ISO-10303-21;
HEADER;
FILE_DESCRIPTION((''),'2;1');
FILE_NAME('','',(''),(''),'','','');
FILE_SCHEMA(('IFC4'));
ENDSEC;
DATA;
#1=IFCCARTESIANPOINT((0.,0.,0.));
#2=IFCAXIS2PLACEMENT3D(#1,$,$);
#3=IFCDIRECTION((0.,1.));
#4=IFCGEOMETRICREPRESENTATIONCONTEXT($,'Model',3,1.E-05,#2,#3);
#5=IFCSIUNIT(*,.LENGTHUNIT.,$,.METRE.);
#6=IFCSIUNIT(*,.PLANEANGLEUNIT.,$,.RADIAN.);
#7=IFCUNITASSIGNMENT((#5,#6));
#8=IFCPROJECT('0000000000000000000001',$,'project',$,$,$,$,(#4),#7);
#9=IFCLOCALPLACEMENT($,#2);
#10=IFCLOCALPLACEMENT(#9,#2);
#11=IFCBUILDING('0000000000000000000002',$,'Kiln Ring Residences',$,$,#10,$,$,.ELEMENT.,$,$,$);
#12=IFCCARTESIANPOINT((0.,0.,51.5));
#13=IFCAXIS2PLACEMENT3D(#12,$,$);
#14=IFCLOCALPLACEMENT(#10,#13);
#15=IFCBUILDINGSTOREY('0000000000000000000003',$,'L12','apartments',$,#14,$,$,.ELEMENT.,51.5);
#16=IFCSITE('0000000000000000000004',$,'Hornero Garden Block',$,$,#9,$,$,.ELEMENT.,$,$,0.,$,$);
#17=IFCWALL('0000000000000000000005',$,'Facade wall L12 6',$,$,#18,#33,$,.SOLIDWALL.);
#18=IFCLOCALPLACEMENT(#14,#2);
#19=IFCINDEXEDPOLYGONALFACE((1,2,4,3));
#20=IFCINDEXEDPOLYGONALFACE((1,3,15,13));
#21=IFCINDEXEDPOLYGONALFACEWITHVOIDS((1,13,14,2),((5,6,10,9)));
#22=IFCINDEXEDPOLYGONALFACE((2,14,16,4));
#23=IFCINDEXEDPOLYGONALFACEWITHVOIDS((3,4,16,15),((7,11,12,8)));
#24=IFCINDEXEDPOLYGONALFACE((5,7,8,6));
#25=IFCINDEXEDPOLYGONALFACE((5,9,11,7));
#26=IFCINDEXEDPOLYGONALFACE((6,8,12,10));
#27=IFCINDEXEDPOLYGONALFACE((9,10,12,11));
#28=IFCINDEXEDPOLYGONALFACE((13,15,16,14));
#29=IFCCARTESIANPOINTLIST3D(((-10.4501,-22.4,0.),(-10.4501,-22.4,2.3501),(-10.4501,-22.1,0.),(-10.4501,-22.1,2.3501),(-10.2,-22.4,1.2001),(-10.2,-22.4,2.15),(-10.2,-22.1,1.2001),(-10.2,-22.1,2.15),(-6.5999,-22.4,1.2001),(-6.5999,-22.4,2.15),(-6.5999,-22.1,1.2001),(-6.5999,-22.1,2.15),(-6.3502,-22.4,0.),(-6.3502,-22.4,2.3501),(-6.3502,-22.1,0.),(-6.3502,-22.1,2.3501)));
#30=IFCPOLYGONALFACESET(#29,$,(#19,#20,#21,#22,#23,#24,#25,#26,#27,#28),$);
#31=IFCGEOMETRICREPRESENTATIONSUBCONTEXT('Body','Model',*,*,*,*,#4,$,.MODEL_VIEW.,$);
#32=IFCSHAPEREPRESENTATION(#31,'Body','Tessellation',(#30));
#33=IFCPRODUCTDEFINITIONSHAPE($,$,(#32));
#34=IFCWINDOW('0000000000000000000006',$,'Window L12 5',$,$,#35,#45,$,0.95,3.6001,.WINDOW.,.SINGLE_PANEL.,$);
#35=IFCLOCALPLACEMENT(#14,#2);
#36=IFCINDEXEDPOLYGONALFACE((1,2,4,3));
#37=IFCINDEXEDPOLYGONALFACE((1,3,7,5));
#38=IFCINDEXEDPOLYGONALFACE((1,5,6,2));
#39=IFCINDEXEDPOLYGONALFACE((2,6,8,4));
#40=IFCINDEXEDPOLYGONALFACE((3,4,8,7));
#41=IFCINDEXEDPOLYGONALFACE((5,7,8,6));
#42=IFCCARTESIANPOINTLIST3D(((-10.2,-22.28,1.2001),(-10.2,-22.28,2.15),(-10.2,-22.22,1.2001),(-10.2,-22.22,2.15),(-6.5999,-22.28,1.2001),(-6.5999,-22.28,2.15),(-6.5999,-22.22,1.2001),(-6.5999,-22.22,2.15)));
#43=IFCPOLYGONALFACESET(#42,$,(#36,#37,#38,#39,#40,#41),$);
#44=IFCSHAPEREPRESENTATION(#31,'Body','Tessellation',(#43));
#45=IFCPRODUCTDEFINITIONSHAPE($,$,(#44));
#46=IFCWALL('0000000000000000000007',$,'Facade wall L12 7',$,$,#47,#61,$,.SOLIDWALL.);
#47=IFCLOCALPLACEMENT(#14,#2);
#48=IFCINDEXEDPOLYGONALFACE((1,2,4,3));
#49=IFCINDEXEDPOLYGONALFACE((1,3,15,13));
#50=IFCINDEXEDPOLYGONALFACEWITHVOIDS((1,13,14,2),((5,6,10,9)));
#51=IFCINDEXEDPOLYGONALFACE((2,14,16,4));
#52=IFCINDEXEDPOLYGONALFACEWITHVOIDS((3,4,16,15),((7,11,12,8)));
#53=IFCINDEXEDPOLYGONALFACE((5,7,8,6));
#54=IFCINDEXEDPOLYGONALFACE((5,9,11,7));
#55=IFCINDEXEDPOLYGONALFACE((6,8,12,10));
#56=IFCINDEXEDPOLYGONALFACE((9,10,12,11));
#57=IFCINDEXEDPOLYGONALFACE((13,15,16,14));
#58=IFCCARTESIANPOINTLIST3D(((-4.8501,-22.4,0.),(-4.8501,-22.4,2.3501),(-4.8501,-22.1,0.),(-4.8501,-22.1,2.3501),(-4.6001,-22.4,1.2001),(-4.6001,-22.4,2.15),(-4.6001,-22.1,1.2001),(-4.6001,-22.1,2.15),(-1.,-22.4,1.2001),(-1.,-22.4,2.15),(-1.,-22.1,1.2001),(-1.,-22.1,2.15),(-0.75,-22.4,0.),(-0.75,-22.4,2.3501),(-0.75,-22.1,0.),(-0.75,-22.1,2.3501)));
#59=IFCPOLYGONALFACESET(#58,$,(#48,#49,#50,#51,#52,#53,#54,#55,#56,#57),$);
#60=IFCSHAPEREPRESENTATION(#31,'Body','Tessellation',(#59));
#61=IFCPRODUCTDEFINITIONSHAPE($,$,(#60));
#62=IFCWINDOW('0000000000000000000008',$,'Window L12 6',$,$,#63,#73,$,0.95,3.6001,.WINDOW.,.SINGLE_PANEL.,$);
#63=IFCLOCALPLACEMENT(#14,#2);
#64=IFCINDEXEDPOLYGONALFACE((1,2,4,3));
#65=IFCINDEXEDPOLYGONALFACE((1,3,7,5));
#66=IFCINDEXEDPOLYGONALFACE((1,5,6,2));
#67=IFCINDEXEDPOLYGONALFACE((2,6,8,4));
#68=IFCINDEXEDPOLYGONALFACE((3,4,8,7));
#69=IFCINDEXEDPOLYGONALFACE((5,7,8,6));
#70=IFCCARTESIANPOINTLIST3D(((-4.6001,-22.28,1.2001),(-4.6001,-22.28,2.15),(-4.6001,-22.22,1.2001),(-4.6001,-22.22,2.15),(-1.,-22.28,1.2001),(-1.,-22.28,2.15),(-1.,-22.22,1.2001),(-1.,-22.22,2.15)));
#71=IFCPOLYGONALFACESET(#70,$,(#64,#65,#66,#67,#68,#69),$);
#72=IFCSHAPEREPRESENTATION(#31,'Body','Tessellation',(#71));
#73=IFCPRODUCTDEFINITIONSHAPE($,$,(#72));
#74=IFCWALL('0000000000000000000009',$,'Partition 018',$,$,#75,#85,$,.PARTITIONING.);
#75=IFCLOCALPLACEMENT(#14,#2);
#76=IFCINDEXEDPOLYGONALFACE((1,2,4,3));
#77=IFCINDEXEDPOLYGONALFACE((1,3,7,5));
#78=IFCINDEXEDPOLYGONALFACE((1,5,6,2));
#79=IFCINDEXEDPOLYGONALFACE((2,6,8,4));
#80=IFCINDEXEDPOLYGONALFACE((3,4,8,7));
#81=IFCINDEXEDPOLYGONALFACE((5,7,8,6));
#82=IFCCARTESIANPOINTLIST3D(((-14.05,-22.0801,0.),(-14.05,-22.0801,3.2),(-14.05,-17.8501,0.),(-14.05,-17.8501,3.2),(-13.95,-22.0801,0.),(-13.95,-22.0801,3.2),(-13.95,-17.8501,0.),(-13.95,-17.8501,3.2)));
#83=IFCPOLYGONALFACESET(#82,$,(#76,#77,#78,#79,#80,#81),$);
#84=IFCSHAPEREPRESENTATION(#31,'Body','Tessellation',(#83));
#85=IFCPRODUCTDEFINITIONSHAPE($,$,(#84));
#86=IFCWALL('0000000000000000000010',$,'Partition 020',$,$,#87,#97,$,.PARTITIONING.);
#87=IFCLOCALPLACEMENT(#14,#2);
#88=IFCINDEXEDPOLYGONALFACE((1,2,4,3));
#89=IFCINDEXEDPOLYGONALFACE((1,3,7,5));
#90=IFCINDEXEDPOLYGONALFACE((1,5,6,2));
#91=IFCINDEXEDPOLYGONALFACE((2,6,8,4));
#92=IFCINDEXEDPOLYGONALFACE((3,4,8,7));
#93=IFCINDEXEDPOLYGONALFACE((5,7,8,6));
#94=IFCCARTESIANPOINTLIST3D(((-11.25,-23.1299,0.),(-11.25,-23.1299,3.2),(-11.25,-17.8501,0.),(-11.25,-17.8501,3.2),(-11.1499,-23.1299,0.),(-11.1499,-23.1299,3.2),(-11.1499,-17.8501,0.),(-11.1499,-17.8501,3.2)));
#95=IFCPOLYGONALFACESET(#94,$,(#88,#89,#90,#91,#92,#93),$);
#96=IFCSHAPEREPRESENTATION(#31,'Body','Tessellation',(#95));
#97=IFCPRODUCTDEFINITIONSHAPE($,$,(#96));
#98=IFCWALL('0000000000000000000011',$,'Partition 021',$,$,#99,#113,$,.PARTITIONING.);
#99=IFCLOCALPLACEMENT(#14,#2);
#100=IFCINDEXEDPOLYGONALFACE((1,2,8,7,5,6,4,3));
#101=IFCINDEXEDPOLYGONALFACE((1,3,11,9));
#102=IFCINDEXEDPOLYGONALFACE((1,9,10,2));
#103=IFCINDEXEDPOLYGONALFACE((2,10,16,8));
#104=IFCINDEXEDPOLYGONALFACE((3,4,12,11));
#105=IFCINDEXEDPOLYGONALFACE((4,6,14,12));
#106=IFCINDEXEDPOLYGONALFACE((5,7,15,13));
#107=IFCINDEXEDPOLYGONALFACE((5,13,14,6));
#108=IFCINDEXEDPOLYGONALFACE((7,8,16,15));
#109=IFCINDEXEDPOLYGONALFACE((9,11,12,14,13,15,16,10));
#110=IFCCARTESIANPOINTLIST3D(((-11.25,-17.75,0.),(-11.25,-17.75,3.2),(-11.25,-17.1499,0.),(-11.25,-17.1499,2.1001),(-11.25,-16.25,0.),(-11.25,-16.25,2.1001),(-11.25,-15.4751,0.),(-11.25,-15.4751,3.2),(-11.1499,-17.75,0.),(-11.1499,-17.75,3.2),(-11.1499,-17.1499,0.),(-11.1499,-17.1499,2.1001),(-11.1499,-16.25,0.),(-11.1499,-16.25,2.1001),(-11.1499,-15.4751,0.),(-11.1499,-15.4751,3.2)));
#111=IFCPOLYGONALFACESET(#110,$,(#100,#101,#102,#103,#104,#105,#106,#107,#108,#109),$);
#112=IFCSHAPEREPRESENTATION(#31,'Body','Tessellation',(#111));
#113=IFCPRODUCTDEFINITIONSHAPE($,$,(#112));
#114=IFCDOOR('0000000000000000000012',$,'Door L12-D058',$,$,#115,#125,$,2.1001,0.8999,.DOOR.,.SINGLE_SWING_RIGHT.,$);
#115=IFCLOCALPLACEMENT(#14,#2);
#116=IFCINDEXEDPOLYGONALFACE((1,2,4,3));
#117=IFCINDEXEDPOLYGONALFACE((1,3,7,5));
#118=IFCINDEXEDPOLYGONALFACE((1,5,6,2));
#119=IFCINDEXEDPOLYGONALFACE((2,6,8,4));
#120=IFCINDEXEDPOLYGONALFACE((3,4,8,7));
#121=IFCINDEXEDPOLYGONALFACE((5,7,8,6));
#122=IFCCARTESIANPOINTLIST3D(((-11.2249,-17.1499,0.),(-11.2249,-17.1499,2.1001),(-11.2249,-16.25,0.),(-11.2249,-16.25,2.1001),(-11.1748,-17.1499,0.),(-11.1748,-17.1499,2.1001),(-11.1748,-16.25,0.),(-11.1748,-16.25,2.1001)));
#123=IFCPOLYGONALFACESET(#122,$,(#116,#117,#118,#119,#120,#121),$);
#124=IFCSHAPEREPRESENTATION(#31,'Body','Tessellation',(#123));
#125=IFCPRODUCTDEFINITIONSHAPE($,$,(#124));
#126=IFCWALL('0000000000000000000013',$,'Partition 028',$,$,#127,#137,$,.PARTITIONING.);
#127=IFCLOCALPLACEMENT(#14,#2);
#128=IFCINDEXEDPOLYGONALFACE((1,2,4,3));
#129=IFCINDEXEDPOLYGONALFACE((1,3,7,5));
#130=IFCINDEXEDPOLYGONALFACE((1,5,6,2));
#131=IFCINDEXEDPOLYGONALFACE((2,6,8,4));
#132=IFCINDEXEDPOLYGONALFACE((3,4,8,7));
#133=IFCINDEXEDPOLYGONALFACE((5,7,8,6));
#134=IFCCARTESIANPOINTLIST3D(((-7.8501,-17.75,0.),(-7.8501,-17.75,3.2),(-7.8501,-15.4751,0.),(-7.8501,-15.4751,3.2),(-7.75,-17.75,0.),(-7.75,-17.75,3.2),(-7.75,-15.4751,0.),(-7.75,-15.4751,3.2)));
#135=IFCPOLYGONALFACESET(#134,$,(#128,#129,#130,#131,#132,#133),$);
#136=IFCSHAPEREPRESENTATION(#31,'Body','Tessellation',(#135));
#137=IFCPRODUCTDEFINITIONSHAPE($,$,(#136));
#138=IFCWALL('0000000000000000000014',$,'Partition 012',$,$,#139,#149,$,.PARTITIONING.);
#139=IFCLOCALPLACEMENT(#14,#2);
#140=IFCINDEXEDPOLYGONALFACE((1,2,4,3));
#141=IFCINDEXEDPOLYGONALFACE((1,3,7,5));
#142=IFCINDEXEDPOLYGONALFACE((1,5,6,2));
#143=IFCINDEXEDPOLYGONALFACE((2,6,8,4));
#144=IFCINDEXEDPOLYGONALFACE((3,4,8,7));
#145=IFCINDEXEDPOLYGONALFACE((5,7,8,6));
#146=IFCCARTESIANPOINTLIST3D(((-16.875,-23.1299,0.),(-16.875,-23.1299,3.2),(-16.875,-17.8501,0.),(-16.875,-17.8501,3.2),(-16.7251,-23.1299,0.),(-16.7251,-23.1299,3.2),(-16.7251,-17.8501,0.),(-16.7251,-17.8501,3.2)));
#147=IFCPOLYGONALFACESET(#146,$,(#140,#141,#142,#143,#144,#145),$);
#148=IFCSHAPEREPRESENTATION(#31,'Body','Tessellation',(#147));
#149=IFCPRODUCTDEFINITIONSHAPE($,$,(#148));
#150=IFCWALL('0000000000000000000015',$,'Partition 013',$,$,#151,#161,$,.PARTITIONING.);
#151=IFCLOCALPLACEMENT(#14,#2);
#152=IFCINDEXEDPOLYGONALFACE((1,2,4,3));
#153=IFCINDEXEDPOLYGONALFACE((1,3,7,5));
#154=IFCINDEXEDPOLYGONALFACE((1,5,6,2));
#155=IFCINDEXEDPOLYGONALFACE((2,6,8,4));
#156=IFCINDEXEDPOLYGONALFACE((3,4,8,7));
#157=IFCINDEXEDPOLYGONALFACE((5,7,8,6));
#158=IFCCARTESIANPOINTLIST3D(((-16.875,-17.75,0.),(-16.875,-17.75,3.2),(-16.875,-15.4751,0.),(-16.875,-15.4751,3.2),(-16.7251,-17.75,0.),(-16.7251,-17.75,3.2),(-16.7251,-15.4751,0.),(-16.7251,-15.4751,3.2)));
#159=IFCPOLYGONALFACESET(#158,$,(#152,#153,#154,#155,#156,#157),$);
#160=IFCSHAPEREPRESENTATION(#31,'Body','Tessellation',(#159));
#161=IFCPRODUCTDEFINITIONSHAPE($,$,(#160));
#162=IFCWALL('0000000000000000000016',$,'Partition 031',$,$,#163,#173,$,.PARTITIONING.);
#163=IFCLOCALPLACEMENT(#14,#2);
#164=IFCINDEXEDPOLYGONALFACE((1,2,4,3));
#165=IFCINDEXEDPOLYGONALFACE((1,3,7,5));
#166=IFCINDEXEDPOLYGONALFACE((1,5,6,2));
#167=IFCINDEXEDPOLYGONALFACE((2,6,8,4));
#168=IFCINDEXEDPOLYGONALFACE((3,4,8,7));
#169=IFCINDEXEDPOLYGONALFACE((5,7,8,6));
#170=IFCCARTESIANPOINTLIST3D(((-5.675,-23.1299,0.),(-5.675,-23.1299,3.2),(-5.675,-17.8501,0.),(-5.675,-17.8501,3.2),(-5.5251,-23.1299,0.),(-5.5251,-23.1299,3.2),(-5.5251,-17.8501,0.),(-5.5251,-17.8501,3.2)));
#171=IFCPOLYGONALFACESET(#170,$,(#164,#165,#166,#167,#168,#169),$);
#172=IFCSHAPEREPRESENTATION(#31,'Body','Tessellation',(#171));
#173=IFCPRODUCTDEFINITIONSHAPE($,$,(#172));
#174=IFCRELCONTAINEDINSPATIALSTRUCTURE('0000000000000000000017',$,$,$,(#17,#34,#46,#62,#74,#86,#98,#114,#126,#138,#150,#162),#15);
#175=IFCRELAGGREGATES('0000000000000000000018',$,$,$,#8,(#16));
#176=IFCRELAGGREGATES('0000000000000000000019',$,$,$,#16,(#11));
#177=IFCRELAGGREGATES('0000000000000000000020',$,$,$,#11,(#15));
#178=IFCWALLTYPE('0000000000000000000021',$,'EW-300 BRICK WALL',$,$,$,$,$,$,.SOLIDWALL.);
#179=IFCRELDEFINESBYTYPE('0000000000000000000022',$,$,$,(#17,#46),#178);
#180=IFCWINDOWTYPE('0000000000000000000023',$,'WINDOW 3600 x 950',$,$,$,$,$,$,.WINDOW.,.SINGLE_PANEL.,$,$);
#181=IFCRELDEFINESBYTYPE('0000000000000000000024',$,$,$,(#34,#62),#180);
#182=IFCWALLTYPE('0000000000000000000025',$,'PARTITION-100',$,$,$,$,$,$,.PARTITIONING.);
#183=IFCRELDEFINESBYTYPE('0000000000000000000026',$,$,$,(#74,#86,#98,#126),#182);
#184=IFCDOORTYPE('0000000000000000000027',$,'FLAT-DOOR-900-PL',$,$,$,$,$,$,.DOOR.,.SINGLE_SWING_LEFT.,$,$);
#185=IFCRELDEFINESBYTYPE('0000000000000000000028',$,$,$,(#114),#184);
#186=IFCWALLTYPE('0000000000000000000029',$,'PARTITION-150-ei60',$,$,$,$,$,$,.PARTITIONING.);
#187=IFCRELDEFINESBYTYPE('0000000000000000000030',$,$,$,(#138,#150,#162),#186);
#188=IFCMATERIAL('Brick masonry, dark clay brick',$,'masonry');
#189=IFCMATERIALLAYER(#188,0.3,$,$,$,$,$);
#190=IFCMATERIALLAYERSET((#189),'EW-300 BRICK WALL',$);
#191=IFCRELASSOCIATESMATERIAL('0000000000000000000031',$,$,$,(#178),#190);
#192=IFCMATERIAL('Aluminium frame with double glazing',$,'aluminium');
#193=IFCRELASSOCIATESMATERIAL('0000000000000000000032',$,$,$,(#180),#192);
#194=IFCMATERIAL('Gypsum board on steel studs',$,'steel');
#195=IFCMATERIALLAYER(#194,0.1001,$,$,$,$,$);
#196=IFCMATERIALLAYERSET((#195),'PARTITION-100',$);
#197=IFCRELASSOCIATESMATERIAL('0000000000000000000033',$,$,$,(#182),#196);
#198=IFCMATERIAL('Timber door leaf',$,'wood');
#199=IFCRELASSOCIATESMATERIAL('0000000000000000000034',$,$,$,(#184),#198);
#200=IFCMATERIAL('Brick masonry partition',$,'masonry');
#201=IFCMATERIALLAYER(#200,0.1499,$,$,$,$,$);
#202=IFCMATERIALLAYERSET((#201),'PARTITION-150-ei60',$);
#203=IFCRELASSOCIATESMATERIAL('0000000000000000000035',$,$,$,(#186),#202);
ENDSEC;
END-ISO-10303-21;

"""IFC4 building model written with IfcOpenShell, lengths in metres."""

from ifc_helpers import new_model, si_unit, direction, frame, frame_2d, origin, place, context, subcontext, project, spatial, rectangle, extrude, material, layer, layer_set, type_object, element, fill, save


model = new_model("IFC4")

# Units and contexts
model_context = context("Model", 3, precision=1e-05, world=origin(), true_north=direction((0.0, 1.0)))
body_context = subcontext(model_context, "Body", "Model", "MODEL_VIEW")
ifc_project = project(units=[si_unit("LENGTHUNIT", "METRE"), si_unit("PLANEANGLEUNIT", "RADIAN")], contexts=[model_context])

# Site, building, storey
site_placement = place(None, origin())
site = spatial("IfcSite", under=ifc_project, at=site_placement, Name="Hornero Garden Block", CompositionType="ELEMENT", RefElevation=0.0)
building_placement = place(site_placement, origin())
building = spatial("IfcBuilding", under=site, at=building_placement, Name="Kiln Ring Residences", CompositionType="ELEMENT")
storey_placement = place(building_placement, frame((0.0, 0.0, 51.5)))
storey = spatial("IfcBuildingStorey", under=building, at=storey_placement, Name="L12", Description="apartments", CompositionType="ELEMENT", Elevation=51.5)

# Shared definitions
ifc_material_1 = material(Name="Brick masonry, dark clay brick", Category="masonry")
ifc_layer_1 = layer(ifc_material_1, 0.3)
ifc_layer_set_1 = layer_set([ifc_layer_1], Name="EW-300 BRICK WALL")
wall_type_1 = type_object("IfcWallType", Name="EW-300 BRICK WALL", PredefinedType="SOLIDWALL", material=ifc_layer_set_1)

# Walls, openings, windows
wall_1_placement = place(storey_placement, frame((-10.45, -22.25, 0.0), z_axis=(0.0, 0.0, 1.0), x_axis=(1.0, 0.0, 0.0)))
wall_1 = element("IfcWall", 1, at=wall_1_placement, inside=storey, type_object=wall_type_1, Name="Facade wall L12 6", PredefinedType="SOLIDWALL", context=body_context, shape_type="SweptSolid", body=[
    extrude(rectangle(XDim=4.0999, YDim=0.3, at=frame_2d((2.0498, 0.0))), origin(), (0.0, 0.0, 1.0), 2.3501),
])
opening_1_placement = place(wall_1_placement, frame((0.25, 0.0, 1.2)))
opening_1 = element("IfcOpeningElement", 2, at=opening_1_placement, cuts=wall_1, PredefinedType="OPENING", context=body_context, shape_type="SweptSolid", body=[
    extrude(rectangle(XDim=3.6001, YDim=0.95, at=frame_2d((1.8, 0.4751))), frame((0.0, 0.1599, 0.0), z_axis=(0.0, -1.0, 0.0), x_axis=(1.0, 0.0, 0.0)), (0.0, 0.0, 1.0), 0.3201),
])
ifc_material_2 = material(Name="Aluminium frame with double glazing", Category="aluminium")
window_type_1 = type_object("IfcWindowType", Name="WINDOW 3600 x 950", PartitioningType="SINGLE_PANEL", PredefinedType="WINDOW", material=ifc_material_2)
window_1_placement = place(opening_1_placement, origin())
window_1 = element("IfcWindow", 3, at=window_1_placement, inside=storey, type_object=window_type_1, Name="Window L12 5", OverallHeight=0.95, OverallWidth=3.6001, PartitioningType="SINGLE_PANEL", PredefinedType="WINDOW", context=body_context, shape_type="SweptSolid", body=[
    extrude(rectangle(XDim=3.6001, YDim=0.95, at=frame_2d((1.8, 0.4751))), frame((0.0, 0.03, 0.0), z_axis=(0.0, -1.0, 0.0), x_axis=(1.0, 0.0, 0.0)), (0.0, 0.0, 1.0), 0.0601),
])
fill(opening_1, window_1)
wall_2_placement = place(storey_placement, frame((-4.8501, -22.25, 0.0), z_axis=(0.0, 0.0, 1.0), x_axis=(1.0, 0.0, 0.0)))
wall_2 = element("IfcWall", 4, at=wall_2_placement, inside=storey, type_object=wall_type_1, Name="Facade wall L12 7", PredefinedType="SOLIDWALL", context=body_context, shape_type="SweptSolid", body=[
    extrude(rectangle(XDim=4.1001, YDim=0.3, at=frame_2d((2.05, 0.0))), origin(), (0.0, 0.0, 1.0), 2.3501),
])
opening_2_placement = place(wall_2_placement, frame((0.25, 0.0, 1.2)))
opening_2 = element("IfcOpeningElement", 5, at=opening_2_placement, cuts=wall_2, PredefinedType="OPENING", context=body_context, shape_type="SweptSolid", body=[
    extrude(rectangle(XDim=3.6001, YDim=0.95, at=frame_2d((1.8, 0.4751))), frame((0.0, 0.1599, 0.0), z_axis=(0.0, -1.0, 0.0), x_axis=(1.0, 0.0, 0.0)), (0.0, 0.0, 1.0), 0.3201),
])
window_2_placement = place(opening_2_placement, origin())
window_2 = element("IfcWindow", 6, at=window_2_placement, inside=storey, type_object=window_type_1, Name="Window L12 6", OverallHeight=0.95, OverallWidth=3.6001, PartitioningType="SINGLE_PANEL", PredefinedType="WINDOW", context=body_context, shape_type="SweptSolid", body=[
    extrude(rectangle(XDim=3.6001, YDim=0.95, at=frame_2d((1.8, 0.4751))), frame((0.0, 0.03, 0.0), z_axis=(0.0, -1.0, 0.0), x_axis=(1.0, 0.0, 0.0)), (0.0, 0.0, 1.0), 0.0601),
])
fill(opening_2, window_2)

# Walls
ifc_material_3 = material(Name="Gypsum board on steel studs", Category="steel")
ifc_layer_2 = layer(ifc_material_3, 0.1001)
ifc_layer_set_2 = layer_set([ifc_layer_2], Name="PARTITION-100")
wall_type_2 = type_object("IfcWallType", Name="PARTITION-100", PredefinedType="PARTITIONING", material=ifc_layer_set_2)
wall_3_placement = place(storey_placement, frame((-14.0, -22.0801, 0.0), z_axis=(0.0, 0.0, 1.0), x_axis=(0.0, 1.0, 0.0)))
element("IfcWall", 7, at=wall_3_placement, inside=storey, type_object=wall_type_2, Name="Partition 018", PredefinedType="PARTITIONING", context=body_context, shape_type="SweptSolid", body=[
    extrude(rectangle(XDim=4.23, YDim=0.1001, at=frame_2d((2.115, 0.0))), origin(), (0.0, 0.0, 1.0), 3.2),
])
wall_4_placement = place(storey_placement, frame((-11.2, -23.1299, 0.0), z_axis=(0.0, 0.0, 1.0), x_axis=(0.0, 1.0, 0.0)))
element("IfcWall", 8, at=wall_4_placement, inside=storey, type_object=wall_type_2, Name="Partition 020", PredefinedType="PARTITIONING", context=body_context, shape_type="SweptSolid", body=[
    extrude(rectangle(XDim=5.2798, YDim=0.1001, at=frame_2d((2.6399, 0.0))), origin(), (0.0, 0.0, 1.0), 3.2),
])

# Wall, opening, door
wall_5_placement = place(storey_placement, frame((-11.2, -17.75, 0.0), z_axis=(0.0, 0.0, 1.0), x_axis=(0.0, 1.0, 0.0)))
wall_5 = element("IfcWall", 9, at=wall_5_placement, inside=storey, type_object=wall_type_2, Name="Partition 021", PredefinedType="PARTITIONING", context=body_context, shape_type="SweptSolid", body=[
    extrude(rectangle(XDim=2.2749, YDim=0.1001, at=frame_2d((1.1375, 0.0))), origin(), (0.0, 0.0, 1.0), 3.2),
])
opening_3_placement = place(wall_5_placement, frame((0.6001, 0.0, 0.0)))
opening_3 = element("IfcOpeningElement", 10, at=opening_3_placement, cuts=wall_5, PredefinedType="OPENING", context=body_context, shape_type="SweptSolid", body=[
    extrude(rectangle(XDim=0.8999, YDim=2.1001, at=frame_2d((0.45, 1.05))), frame((0.0, 0.0601, 0.0), z_axis=(0.0, -1.0, 0.0), x_axis=(1.0, 0.0, 0.0)), (0.0, 0.0, 1.0), 0.1201),
])
ifc_material_4 = material(Name="Timber door leaf", Category="wood")
door_type = type_object("IfcDoorType", Name="FLAT-DOOR-900-PL", OperationType="SINGLE_SWING_LEFT", PredefinedType="DOOR", material=ifc_material_4)
door_placement = place(opening_3_placement, origin())
door = element("IfcDoor", 11, at=door_placement, inside=storey, type_object=door_type, Name="Door L12-D058", OperationType="SINGLE_SWING_RIGHT", OverallHeight=2.1001, OverallWidth=0.8999, PredefinedType="DOOR", context=body_context, shape_type="SweptSolid", body=[
    extrude(rectangle(XDim=0.8999, YDim=2.1001, at=frame_2d((0.45, 1.05))), frame((0.0, 0.0249, 0.0), z_axis=(0.0, -1.0, 0.0), x_axis=(1.0, 0.0, 0.0)), (0.0, 0.0, 1.0), 0.05),
])
fill(opening_3, door)

# Walls
wall_6_placement = place(storey_placement, frame((-7.8, -17.75, 0.0), z_axis=(0.0, 0.0, 1.0), x_axis=(0.0, 1.0, 0.0)))
element("IfcWall", 12, at=wall_6_placement, inside=storey, type_object=wall_type_2, Name="Partition 028", PredefinedType="PARTITIONING", context=body_context, shape_type="SweptSolid", body=[
    extrude(rectangle(XDim=2.2749, YDim=0.1001, at=frame_2d((1.1375, 0.0))), origin(), (0.0, 0.0, 1.0), 3.2),
])
ifc_material_5 = material(Name="Brick masonry partition", Category="masonry")
ifc_layer_3 = layer(ifc_material_5, 0.1499)
ifc_layer_set_3 = layer_set([ifc_layer_3], Name="PARTITION-150-ei60")
wall_type_3 = type_object("IfcWallType", Name="PARTITION-150-ei60", PredefinedType="PARTITIONING", material=ifc_layer_set_3)
wall_7_placement = place(storey_placement, frame((-16.8, -23.1299, 0.0), z_axis=(0.0, 0.0, 1.0), x_axis=(0.0, 1.0, 0.0)))
element("IfcWall", 13, at=wall_7_placement, inside=storey, type_object=wall_type_3, Name="Partition 012", PredefinedType="PARTITIONING", context=body_context, shape_type="SweptSolid", body=[
    extrude(rectangle(XDim=5.2798, YDim=0.1499, at=frame_2d((2.6399, 0.0))), origin(), (0.0, 0.0, 1.0), 3.2),
])
wall_8_placement = place(storey_placement, frame((-16.8, -17.75, 0.0), z_axis=(0.0, 0.0, 1.0), x_axis=(0.0, 1.0, 0.0)))
element("IfcWall", 14, at=wall_8_placement, inside=storey, type_object=wall_type_3, Name="Partition 013", PredefinedType="PARTITIONING", context=body_context, shape_type="SweptSolid", body=[
    extrude(rectangle(XDim=2.2749, YDim=0.1499, at=frame_2d((1.1375, 0.0))), origin(), (0.0, 0.0, 1.0), 3.2),
])
wall_9_placement = place(storey_placement, frame((-5.6001, -23.1299, 0.0), z_axis=(0.0, 0.0, 1.0), x_axis=(0.0, 1.0, 0.0)))
element("IfcWall", 15, at=wall_9_placement, inside=storey, type_object=wall_type_3, Name="Partition 031", PredefinedType="PARTITIONING", context=body_context, shape_type="SweptSolid", body=[
    extrude(rectangle(XDim=5.2798, YDim=0.1499, at=frame_2d((2.6399, 0.0))), origin(), (0.0, 0.0, 1.0), 3.2),
])

save(model, "model.ifc")
